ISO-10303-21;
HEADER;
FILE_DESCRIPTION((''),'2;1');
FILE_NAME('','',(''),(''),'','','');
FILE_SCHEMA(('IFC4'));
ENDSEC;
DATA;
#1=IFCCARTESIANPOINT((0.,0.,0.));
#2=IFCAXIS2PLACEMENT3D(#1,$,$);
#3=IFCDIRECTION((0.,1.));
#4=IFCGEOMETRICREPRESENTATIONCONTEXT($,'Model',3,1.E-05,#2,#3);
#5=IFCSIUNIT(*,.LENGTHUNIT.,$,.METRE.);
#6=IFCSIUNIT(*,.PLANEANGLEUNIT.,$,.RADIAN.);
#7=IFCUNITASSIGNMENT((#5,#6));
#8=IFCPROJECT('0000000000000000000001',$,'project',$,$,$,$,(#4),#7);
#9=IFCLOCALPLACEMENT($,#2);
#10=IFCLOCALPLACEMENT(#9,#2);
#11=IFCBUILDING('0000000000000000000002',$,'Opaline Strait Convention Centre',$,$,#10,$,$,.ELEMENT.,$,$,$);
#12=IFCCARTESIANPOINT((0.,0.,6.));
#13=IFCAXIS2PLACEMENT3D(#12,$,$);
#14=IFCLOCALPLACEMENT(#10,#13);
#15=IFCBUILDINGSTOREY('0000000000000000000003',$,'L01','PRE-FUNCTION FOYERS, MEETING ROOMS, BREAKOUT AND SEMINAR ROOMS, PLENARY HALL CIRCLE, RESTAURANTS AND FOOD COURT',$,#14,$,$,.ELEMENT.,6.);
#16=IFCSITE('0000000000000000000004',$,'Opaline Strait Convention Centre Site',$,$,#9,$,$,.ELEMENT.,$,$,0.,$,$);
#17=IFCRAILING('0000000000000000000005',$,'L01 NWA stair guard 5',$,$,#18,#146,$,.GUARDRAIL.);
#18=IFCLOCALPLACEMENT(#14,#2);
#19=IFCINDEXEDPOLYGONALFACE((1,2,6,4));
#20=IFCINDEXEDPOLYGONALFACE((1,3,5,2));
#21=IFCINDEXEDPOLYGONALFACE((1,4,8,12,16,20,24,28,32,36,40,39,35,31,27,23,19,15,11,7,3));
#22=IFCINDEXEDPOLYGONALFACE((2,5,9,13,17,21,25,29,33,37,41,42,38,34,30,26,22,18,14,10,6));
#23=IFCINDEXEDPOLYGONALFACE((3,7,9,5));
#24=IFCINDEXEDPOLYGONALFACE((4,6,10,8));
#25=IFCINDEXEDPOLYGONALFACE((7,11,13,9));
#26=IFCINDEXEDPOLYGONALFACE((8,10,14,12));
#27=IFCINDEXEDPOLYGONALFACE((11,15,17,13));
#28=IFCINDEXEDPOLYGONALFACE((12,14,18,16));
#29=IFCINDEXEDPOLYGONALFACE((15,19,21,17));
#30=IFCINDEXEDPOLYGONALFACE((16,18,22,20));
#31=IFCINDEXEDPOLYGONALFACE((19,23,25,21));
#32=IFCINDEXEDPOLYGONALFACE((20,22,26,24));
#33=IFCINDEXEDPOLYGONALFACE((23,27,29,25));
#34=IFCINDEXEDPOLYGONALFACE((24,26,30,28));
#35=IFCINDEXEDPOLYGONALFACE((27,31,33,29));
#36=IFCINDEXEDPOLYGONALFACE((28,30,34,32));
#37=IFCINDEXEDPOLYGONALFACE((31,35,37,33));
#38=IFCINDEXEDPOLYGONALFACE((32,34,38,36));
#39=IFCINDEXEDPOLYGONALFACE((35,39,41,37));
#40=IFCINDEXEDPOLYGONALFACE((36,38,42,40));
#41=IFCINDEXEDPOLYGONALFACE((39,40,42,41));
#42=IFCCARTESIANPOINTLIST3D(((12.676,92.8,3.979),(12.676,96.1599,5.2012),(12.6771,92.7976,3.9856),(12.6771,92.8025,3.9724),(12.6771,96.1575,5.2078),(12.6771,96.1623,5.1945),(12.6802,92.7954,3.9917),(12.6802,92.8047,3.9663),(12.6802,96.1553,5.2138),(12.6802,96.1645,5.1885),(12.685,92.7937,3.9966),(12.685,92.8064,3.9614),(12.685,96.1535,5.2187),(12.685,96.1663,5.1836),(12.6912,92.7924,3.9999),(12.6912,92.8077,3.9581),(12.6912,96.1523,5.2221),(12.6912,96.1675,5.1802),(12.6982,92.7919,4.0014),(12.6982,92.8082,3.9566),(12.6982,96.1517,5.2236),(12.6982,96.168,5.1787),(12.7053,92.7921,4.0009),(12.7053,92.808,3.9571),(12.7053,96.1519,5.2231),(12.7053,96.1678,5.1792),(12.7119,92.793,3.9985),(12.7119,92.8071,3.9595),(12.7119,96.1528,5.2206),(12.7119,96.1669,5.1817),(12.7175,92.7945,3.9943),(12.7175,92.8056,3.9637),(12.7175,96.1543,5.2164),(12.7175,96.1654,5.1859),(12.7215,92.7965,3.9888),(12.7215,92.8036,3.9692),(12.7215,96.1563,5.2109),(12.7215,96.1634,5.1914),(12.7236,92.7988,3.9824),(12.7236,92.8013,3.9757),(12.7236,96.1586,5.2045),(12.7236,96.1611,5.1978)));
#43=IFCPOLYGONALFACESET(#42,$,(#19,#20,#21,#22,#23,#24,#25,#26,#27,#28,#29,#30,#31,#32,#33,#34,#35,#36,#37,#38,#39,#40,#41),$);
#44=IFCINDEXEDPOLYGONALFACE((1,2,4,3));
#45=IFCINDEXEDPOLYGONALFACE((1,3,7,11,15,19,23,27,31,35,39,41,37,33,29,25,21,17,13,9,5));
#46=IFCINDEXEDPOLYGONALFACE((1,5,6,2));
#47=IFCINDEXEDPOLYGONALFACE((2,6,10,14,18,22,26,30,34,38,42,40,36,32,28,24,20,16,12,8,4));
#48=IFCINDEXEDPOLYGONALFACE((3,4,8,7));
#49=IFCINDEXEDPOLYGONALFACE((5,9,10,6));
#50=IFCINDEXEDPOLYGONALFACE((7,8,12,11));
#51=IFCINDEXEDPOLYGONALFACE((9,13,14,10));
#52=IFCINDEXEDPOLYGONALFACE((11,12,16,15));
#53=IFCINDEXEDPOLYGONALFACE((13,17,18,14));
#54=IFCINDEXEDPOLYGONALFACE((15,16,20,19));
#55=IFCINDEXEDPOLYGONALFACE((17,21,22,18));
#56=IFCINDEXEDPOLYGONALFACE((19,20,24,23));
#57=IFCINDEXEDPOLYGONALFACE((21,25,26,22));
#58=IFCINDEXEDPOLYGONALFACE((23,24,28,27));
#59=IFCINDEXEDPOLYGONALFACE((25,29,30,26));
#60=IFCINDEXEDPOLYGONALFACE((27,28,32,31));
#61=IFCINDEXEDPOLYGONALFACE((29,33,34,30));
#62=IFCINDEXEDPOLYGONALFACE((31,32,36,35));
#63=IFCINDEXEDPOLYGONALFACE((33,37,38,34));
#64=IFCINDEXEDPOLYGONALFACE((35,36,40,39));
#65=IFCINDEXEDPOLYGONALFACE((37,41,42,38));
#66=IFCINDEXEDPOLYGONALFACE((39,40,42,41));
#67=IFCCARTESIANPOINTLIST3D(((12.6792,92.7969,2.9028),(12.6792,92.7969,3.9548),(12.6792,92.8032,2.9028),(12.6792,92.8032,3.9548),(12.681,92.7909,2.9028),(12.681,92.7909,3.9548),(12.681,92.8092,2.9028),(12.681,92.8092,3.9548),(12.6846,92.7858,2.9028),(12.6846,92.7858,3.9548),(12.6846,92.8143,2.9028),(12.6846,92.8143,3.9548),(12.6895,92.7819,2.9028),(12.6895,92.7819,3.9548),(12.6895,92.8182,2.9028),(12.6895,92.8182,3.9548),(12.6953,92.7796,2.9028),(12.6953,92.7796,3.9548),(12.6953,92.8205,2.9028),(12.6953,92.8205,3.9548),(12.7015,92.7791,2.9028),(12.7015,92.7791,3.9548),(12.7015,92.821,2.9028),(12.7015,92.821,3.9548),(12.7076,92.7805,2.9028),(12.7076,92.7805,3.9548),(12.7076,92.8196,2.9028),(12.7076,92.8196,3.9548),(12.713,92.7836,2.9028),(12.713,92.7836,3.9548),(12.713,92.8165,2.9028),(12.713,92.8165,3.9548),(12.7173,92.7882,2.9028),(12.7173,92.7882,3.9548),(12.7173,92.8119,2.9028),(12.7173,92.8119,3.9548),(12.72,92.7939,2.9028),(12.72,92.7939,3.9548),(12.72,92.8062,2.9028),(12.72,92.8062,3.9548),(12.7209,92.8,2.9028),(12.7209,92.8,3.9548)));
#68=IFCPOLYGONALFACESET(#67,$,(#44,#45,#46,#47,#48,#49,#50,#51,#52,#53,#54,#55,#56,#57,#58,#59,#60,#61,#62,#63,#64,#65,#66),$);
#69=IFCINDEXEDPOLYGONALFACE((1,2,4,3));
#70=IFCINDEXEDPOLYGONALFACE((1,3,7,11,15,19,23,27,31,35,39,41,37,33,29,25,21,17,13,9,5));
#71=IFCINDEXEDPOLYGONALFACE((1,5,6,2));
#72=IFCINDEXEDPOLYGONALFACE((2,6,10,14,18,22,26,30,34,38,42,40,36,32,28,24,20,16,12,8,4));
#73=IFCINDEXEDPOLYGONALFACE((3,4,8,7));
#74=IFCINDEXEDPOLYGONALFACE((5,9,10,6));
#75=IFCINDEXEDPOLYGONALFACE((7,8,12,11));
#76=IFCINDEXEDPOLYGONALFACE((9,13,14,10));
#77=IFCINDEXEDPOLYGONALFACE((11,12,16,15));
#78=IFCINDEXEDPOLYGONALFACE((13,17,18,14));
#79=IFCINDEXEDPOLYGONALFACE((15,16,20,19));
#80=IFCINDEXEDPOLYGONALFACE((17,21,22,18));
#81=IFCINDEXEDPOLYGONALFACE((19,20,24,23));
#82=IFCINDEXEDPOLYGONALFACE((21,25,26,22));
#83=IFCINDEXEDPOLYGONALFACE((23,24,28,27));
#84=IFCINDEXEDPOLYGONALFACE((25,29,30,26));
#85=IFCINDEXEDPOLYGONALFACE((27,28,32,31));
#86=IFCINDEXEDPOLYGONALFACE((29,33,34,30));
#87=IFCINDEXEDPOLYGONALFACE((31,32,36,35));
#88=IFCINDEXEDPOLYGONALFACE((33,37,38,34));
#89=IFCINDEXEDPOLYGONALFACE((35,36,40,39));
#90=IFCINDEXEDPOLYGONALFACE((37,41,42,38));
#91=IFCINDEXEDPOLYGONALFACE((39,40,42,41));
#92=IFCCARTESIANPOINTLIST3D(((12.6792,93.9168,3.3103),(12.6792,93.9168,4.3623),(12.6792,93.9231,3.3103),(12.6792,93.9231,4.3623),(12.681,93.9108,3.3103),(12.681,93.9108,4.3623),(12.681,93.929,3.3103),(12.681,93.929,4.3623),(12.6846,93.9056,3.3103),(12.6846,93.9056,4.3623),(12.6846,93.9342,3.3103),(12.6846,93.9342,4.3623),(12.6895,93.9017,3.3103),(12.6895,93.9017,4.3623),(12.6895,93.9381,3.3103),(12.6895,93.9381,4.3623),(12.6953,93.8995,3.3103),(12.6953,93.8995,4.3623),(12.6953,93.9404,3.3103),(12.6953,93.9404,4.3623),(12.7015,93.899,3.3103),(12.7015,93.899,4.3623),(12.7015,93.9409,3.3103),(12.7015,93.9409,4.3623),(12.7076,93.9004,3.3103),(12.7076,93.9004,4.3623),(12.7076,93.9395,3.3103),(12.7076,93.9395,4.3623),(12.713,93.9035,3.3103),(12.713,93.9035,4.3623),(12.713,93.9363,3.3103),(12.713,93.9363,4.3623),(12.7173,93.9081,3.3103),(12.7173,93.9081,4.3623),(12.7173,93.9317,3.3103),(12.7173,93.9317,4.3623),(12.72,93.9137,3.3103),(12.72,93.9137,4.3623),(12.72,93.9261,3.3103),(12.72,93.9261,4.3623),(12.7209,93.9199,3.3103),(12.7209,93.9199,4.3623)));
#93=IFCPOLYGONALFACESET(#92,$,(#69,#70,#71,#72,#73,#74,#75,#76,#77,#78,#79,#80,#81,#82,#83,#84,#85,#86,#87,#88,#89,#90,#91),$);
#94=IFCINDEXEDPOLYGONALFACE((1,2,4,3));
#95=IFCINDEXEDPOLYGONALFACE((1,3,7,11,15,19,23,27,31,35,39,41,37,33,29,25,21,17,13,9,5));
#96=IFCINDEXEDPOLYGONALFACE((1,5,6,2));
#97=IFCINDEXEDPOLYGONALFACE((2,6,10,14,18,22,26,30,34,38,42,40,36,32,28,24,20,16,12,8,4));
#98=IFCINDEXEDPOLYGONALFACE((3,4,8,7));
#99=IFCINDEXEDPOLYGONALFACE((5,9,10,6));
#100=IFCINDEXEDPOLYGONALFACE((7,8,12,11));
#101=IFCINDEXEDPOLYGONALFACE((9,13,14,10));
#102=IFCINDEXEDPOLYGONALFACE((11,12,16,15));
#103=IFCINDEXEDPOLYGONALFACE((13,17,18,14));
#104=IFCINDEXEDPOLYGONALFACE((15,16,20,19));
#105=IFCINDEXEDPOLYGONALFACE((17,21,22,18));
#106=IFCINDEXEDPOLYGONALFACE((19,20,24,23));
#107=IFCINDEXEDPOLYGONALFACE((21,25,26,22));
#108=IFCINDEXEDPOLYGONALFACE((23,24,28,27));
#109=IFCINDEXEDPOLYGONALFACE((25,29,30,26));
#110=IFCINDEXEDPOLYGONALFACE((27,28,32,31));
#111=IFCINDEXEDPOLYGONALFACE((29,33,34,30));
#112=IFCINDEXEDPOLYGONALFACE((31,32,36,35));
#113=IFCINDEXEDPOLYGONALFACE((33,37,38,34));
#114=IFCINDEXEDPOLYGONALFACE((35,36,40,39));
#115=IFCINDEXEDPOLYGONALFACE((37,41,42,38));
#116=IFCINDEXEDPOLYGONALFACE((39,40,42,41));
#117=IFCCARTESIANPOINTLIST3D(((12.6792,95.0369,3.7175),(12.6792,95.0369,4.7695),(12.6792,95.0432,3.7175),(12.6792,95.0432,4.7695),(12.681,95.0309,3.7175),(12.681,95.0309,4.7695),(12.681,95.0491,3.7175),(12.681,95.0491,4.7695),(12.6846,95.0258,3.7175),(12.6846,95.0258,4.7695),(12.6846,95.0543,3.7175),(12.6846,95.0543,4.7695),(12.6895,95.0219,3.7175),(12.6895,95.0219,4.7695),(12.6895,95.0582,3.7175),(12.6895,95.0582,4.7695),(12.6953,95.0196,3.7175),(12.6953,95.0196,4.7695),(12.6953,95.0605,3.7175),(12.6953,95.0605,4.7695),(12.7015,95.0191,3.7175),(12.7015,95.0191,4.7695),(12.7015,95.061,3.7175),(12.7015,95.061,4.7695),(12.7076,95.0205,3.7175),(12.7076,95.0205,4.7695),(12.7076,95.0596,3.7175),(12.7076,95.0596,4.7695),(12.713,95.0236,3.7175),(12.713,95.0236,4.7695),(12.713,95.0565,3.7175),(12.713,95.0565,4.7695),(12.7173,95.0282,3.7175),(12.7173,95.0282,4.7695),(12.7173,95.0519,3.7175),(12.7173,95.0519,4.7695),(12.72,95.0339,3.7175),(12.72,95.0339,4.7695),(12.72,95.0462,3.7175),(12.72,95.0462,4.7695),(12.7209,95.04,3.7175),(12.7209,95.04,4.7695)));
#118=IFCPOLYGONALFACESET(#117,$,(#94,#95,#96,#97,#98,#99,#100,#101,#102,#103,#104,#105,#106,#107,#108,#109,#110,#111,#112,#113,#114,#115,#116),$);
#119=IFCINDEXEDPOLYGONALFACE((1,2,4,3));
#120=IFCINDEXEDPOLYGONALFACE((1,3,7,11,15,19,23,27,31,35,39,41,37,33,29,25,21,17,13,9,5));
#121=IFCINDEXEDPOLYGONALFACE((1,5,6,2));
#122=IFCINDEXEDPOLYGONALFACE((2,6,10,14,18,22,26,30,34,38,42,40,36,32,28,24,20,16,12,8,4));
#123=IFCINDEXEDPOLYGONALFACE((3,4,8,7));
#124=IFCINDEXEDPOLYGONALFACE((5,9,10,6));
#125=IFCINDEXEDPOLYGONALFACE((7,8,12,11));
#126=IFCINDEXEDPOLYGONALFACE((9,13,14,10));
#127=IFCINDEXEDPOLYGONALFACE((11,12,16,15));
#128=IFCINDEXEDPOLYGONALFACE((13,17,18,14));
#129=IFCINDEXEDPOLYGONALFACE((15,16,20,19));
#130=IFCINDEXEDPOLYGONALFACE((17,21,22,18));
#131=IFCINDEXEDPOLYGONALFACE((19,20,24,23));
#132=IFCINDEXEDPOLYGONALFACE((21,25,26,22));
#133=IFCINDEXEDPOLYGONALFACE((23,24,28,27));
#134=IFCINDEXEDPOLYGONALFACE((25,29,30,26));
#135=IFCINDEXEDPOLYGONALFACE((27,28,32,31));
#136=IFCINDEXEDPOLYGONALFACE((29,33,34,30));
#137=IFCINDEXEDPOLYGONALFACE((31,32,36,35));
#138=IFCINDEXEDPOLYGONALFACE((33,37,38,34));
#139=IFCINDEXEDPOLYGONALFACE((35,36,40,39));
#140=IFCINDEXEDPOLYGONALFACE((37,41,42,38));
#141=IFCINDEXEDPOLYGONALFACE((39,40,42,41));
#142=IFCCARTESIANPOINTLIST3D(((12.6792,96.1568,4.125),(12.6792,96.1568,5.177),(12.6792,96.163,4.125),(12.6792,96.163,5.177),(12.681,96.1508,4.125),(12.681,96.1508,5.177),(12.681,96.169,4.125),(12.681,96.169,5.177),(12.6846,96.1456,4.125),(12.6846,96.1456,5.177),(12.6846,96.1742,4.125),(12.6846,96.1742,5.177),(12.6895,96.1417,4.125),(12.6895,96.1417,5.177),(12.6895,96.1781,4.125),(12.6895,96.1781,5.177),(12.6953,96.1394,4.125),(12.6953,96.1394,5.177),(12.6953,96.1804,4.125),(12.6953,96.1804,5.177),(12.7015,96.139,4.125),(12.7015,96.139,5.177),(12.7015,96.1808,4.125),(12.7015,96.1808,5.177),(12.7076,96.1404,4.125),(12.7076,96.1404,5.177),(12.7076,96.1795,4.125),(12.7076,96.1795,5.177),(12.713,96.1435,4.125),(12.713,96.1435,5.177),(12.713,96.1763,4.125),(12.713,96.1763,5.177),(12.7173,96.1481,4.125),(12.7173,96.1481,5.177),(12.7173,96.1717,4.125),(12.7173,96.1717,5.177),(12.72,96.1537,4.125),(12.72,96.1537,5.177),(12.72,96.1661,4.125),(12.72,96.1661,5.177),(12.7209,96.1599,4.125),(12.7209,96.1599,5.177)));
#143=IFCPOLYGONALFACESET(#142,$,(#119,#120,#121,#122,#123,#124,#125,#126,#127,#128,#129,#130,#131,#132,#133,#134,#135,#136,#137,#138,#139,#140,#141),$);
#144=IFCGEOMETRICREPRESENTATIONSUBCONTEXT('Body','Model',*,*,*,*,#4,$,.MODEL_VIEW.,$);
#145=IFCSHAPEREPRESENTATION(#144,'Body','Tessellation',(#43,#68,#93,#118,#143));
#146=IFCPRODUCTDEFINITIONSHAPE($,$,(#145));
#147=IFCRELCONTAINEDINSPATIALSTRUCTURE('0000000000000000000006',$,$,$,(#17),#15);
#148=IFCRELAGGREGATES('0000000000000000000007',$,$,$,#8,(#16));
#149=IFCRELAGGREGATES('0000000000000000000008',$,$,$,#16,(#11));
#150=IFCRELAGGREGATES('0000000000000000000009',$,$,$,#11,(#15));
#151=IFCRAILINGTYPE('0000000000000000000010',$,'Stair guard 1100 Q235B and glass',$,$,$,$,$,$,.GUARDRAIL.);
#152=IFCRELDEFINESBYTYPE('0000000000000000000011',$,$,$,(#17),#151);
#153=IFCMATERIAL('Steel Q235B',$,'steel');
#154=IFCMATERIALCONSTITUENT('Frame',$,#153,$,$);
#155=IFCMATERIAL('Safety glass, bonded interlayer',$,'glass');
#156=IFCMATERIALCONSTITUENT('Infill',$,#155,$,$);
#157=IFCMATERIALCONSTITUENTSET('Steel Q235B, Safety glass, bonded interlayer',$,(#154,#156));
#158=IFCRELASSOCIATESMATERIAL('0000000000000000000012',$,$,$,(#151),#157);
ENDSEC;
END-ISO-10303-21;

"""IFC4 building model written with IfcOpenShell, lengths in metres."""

from ifc_helpers import new_model, si_unit, direction, frame, origin, origin_2d, place, context, subcontext, project, spatial, circle, extrude, material, constituent, constituent_set, type_object, element, save


model = new_model("IFC4")

# Units and contexts
model_context = context("Model", 3, precision=1e-05, world=origin(), true_north=direction((0.0, 1.0)))
body_context = subcontext(model_context, "Body", "Model", "MODEL_VIEW")
ifc_project = project(units=[si_unit("LENGTHUNIT", "METRE"), si_unit("PLANEANGLEUNIT", "RADIAN")], contexts=[model_context])

# Site, building, storey
site_placement = place(None, origin())
site = spatial("IfcSite", under=ifc_project, at=site_placement, Name="Opaline Strait Convention Centre Site", CompositionType="ELEMENT", RefElevation=0.0)
building_placement = place(site_placement, origin())
building = spatial("IfcBuilding", under=site, at=building_placement, Name="Opaline Strait Convention Centre", CompositionType="ELEMENT")
storey_placement = place(building_placement, frame((0.0, 0.0, 6.0)))
storey = spatial("IfcBuildingStorey", under=building, at=storey_placement, Name="L01", Description="PRE-FUNCTION FOYERS, MEETING ROOMS, BREAKOUT AND SEMINAR ROOMS, PLENARY HALL CIRCLE, RESTAURANTS AND FOOD COURT", CompositionType="ELEMENT", Elevation=6.0)

# Railing
ifc_material_1 = material(Name="Steel Q235B", Category="steel")
ifc_constituent_1 = constituent(ifc_material_1, Name="Frame")
ifc_material_2 = material(Name="Safety glass, bonded interlayer", Category="glass")
ifc_constituent_2 = constituent(ifc_material_2, Name="Infill")
ifc_constituent_set = constituent_set(constituents=[ifc_constituent_1, ifc_constituent_2], Name="Steel Q235B, Safety glass, bonded interlayer")
railing_type_1 = type_object("IfcRailingType", Name="Stair guard 1100 Q235B and glass", PredefinedType="GUARDRAIL", material=ifc_constituent_set)
railing_1_placement = place(storey_placement, frame((12.7, 92.8, 2.9028)))
element("IfcRailing", 1, at=railing_1_placement, inside=storey, type_object=railing_type_1, Name="L01 NWA stair guard 5", PredefinedType="GUARDRAIL", context=body_context, shape_type="SweptSolid", body=[
    extrude(circle(Radius=0.0239, at=origin_2d()), frame((0.0, 0.0, 1.0762), z_axis=(0.0, 0.939758, 0.341842), x_axis=(-1.0, 0.0, 0.0)), (0.0, 0.0, 1.0), 3.5752),
    extrude(circle(Radius=0.021, at=origin_2d()), origin(), (0.0, 0.0, 1.0), 1.052),
    extrude(circle(Radius=0.021, at=origin_2d()), frame((0.0, 1.1199, 0.4075)), (0.0, 0.0, 1.0), 1.052),
    extrude(circle(Radius=0.021, at=origin_2d()), frame((0.0, 2.24, 0.8147)), (0.0, 0.0, 1.0), 1.052),
    extrude(circle(Radius=0.021, at=origin_2d()), frame((0.0, 3.3599, 1.2222)), (0.0, 0.0, 1.0), 1.052),
])

save(model, "model.ifc")
